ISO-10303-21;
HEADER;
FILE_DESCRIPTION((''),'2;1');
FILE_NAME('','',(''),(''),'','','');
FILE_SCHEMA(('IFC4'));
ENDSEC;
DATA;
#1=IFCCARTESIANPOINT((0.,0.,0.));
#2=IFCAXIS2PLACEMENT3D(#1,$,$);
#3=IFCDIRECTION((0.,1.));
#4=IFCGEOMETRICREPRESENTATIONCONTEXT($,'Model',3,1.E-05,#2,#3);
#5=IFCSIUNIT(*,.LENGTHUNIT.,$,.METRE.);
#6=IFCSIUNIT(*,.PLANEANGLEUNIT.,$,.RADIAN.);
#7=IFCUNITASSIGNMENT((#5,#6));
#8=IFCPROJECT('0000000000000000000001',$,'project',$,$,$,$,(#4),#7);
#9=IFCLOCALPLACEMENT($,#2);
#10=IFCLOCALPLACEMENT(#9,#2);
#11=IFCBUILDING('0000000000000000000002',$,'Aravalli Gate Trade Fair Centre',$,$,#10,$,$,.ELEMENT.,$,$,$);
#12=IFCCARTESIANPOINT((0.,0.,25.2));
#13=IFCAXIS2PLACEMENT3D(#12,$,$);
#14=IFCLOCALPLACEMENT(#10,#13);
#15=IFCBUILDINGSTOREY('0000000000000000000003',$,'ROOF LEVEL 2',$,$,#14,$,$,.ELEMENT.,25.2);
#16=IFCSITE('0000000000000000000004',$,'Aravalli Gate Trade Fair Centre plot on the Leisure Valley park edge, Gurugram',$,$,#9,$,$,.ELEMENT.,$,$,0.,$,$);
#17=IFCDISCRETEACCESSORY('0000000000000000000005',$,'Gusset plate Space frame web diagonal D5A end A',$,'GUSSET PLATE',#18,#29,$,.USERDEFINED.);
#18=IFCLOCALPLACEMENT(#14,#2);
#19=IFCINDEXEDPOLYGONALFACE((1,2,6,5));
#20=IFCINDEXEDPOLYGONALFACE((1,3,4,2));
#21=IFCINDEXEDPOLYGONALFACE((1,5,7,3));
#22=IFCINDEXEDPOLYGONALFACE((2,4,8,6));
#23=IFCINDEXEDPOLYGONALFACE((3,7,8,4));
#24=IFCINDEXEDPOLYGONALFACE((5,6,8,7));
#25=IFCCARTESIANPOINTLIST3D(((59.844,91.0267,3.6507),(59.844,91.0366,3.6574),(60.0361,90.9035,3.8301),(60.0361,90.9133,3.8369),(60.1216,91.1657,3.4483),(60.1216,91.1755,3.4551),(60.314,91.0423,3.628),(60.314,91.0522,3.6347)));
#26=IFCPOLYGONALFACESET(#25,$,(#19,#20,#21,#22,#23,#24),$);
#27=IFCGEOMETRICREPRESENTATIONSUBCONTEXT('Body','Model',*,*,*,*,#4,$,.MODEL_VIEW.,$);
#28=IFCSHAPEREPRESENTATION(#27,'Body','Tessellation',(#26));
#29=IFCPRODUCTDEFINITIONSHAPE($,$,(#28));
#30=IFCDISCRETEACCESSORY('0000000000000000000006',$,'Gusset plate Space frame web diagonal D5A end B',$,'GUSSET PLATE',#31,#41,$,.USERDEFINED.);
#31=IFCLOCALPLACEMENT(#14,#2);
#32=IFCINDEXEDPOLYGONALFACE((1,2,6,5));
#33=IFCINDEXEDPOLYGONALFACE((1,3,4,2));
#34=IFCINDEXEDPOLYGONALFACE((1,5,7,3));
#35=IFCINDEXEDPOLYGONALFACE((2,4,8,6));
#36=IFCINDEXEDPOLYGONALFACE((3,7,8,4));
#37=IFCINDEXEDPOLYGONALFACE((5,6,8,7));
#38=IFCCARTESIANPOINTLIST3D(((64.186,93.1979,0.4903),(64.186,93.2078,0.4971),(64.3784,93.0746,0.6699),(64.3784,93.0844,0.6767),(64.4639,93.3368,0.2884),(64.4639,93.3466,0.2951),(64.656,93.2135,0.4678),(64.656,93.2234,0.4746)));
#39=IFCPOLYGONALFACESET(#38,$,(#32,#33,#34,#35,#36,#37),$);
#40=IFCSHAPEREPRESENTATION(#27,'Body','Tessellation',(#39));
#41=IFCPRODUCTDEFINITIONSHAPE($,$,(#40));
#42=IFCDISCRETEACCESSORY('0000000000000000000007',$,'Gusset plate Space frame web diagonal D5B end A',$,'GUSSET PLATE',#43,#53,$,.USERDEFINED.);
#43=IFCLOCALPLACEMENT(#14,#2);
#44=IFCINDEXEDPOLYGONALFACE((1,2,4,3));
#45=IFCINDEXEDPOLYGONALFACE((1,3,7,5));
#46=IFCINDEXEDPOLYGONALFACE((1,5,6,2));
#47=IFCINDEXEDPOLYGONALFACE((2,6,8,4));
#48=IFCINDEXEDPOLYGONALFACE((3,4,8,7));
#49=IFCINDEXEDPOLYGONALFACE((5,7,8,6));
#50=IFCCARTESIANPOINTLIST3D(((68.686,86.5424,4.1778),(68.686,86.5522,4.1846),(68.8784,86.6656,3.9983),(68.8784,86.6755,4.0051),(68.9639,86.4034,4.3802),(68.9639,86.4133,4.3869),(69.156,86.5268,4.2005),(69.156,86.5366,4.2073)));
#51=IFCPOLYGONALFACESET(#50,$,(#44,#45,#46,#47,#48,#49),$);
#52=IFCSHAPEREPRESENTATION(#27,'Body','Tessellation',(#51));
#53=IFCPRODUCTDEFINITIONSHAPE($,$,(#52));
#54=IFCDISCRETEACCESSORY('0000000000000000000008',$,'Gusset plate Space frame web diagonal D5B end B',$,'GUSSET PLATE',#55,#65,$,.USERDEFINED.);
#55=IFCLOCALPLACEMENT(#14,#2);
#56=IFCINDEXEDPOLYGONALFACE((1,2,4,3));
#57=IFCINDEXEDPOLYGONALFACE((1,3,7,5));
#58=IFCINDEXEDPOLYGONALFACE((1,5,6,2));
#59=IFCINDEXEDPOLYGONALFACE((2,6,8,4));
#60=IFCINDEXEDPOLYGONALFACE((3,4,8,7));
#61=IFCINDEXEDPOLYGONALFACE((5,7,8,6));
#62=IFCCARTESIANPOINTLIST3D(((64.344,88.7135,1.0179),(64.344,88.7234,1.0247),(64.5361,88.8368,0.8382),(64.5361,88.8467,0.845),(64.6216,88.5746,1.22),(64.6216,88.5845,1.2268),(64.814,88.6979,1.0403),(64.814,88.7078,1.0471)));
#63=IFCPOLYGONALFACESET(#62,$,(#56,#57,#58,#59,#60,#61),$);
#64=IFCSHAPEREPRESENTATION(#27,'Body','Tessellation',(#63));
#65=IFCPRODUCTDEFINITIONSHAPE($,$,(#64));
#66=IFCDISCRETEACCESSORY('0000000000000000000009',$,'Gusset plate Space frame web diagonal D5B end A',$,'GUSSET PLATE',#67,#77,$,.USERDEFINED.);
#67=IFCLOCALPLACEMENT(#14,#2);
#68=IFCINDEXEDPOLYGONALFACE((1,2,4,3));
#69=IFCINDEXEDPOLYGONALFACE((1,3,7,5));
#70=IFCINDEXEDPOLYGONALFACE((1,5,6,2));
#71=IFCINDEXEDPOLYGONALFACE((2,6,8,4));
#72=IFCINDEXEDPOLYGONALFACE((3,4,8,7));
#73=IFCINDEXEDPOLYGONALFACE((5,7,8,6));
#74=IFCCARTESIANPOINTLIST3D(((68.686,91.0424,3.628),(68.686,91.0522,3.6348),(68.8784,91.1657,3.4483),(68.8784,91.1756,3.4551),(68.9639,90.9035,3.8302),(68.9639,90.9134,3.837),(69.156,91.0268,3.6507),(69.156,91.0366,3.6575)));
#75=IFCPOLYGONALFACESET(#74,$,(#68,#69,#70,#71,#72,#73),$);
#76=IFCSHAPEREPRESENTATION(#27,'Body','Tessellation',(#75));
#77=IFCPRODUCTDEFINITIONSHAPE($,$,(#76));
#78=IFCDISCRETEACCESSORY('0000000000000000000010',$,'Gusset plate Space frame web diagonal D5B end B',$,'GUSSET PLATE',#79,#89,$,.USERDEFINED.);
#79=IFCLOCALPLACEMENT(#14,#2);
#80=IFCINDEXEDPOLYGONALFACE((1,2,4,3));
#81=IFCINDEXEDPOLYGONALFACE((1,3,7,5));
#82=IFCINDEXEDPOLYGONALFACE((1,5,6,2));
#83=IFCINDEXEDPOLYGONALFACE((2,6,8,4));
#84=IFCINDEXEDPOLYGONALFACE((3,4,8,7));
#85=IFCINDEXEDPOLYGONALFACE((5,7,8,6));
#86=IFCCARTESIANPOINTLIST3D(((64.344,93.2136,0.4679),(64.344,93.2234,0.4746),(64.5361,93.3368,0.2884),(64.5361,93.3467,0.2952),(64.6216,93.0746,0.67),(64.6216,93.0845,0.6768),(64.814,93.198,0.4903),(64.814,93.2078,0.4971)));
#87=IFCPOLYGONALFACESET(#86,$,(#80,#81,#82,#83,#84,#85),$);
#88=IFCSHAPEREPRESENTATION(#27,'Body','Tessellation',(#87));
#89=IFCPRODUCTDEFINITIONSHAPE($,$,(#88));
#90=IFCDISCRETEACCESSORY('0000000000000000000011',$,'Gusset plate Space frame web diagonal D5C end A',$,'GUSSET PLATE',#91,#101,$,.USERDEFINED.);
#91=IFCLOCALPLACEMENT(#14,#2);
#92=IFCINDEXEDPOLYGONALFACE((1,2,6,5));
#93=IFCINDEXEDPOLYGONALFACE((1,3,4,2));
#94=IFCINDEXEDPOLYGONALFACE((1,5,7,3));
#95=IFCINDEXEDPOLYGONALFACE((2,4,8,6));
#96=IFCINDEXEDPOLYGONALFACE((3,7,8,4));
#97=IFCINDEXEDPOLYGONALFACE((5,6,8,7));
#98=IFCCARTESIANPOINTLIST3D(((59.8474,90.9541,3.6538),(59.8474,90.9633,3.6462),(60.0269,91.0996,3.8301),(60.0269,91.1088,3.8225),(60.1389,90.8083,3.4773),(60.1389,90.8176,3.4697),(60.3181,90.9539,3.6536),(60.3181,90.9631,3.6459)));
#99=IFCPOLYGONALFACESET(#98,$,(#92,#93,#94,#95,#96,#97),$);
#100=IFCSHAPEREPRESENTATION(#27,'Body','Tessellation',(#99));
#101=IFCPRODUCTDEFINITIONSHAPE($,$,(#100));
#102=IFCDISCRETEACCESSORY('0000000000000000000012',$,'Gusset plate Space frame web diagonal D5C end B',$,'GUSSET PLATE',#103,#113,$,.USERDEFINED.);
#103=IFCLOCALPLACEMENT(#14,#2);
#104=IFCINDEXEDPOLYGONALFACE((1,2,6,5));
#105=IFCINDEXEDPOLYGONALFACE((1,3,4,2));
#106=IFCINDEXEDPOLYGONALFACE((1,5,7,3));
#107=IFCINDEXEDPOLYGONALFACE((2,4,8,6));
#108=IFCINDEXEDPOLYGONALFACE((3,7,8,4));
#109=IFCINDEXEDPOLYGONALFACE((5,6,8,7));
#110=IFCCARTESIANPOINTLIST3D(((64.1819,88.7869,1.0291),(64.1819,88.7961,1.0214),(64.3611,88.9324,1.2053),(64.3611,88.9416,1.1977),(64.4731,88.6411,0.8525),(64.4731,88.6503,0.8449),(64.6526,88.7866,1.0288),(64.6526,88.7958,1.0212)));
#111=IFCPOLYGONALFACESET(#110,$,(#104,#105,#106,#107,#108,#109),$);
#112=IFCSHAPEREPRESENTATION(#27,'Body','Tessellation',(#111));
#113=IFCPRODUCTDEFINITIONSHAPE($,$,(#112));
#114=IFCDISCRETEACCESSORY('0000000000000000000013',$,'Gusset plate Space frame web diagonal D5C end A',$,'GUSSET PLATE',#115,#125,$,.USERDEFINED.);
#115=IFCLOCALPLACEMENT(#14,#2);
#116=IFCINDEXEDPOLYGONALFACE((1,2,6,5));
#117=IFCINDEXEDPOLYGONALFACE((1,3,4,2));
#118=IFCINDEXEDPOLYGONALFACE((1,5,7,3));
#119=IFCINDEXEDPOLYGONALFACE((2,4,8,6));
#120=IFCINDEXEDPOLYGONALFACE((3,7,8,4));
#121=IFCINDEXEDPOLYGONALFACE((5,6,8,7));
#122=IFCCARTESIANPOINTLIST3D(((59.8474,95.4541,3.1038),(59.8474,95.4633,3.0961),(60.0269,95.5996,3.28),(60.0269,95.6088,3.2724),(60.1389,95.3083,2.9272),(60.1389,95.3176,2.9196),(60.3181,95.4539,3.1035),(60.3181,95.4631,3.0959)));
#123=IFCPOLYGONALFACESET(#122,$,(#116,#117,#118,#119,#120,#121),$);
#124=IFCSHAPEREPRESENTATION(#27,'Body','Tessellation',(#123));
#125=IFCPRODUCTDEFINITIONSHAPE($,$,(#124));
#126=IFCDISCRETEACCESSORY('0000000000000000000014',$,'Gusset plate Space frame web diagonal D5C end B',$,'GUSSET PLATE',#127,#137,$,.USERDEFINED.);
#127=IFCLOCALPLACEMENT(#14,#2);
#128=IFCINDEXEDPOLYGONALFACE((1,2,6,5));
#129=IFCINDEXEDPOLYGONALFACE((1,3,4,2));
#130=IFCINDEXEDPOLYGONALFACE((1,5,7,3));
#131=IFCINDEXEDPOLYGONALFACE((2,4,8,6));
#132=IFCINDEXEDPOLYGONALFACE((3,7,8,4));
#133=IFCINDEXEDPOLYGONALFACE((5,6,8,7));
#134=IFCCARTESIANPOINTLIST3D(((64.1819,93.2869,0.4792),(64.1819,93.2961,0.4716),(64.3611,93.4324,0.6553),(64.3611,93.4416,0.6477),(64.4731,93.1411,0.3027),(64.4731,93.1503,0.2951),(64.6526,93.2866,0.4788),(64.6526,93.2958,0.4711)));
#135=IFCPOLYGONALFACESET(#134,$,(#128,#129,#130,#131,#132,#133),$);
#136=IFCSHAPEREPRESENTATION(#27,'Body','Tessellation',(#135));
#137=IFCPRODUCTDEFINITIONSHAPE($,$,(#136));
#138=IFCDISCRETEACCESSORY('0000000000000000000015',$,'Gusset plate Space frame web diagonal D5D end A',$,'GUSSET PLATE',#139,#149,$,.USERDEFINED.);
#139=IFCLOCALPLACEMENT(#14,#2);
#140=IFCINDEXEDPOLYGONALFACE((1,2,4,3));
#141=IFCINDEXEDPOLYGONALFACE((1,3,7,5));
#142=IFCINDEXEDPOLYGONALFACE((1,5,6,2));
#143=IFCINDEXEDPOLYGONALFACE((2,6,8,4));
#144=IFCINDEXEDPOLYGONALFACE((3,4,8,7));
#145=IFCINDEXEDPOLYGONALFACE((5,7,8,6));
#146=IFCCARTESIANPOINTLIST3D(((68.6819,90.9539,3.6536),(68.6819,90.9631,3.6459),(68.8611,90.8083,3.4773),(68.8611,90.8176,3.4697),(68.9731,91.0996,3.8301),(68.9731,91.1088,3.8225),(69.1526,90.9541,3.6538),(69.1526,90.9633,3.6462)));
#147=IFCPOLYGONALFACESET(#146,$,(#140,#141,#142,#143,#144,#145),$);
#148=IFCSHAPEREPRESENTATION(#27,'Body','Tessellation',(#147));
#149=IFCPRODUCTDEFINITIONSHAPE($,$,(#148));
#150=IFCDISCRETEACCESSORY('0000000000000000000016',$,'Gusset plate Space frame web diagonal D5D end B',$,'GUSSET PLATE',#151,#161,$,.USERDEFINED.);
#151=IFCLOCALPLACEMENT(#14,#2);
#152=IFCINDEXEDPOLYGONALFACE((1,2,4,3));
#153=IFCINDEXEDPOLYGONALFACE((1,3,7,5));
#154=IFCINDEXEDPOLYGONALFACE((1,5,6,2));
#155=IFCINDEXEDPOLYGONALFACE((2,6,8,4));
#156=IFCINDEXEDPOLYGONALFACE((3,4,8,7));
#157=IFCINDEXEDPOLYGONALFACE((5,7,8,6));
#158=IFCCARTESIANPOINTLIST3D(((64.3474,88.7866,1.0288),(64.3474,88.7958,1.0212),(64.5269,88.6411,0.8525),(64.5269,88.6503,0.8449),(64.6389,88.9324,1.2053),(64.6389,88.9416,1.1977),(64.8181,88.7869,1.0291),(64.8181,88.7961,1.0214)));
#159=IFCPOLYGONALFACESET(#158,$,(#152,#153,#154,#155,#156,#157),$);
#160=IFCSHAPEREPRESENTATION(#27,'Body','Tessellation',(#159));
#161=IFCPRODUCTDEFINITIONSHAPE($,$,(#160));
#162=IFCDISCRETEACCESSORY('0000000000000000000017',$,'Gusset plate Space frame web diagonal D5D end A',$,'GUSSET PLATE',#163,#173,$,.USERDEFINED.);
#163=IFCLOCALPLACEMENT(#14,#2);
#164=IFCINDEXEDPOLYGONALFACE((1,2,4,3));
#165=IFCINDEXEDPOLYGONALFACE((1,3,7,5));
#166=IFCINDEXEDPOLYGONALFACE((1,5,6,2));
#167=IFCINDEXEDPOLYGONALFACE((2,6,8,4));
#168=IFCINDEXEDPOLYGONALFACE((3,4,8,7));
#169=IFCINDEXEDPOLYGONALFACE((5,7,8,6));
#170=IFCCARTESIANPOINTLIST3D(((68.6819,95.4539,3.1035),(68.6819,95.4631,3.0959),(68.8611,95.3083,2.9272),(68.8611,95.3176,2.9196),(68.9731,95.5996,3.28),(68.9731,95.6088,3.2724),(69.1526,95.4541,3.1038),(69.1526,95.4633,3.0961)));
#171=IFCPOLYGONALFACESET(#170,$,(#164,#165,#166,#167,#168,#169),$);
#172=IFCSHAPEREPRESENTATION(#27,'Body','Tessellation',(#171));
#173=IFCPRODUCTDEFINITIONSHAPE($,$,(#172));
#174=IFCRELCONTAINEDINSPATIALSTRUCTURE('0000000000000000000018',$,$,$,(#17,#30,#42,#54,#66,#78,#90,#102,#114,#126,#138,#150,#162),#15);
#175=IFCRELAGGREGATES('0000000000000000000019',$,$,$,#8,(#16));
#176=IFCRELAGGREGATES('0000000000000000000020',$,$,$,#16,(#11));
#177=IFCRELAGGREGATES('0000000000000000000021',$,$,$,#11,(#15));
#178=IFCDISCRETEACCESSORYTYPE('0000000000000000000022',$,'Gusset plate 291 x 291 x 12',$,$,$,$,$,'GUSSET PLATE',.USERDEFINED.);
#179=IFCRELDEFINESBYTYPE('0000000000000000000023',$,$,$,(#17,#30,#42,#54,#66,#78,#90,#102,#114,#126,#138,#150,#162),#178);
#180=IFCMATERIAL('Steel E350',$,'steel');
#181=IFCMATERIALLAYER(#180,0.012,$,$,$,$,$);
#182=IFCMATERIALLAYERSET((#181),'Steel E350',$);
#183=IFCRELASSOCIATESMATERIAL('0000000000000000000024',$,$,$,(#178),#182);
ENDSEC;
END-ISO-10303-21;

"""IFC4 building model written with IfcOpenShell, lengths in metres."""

from ifc_helpers import new_model, si_unit, direction, frame, origin, place, context, subcontext, project, spatial, polyline, outline, extrude, material, layer, layer_set, type_object, element, save


model = new_model("IFC4")

# Units and contexts
model_context = context("Model", 3, precision=1e-05, world=origin(), true_north=direction((0.0, 1.0)))
body_context = subcontext(model_context, "Body", "Model", "MODEL_VIEW")
ifc_project = project(units=[si_unit("LENGTHUNIT", "METRE"), si_unit("PLANEANGLEUNIT", "RADIAN")], contexts=[model_context])

# Site, building, storey
site_placement = place(None, origin())
site = spatial("IfcSite", under=ifc_project, at=site_placement, Name="Aravalli Gate Trade Fair Centre plot on the Leisure Valley park edge, Gurugram", CompositionType="ELEMENT", RefElevation=0.0)
building_placement = place(site_placement, origin())
building = spatial("IfcBuilding", under=site, at=building_placement, Name="Aravalli Gate Trade Fair Centre", CompositionType="ELEMENT")
storey_placement = place(building_placement, frame((0.0, 0.0, 25.2)))
storey = spatial("IfcBuildingStorey", under=building, at=storey_placement, Name="ROOF LEVEL 2", CompositionType="ELEMENT", Elevation=25.2)

# Shared definitions
ifc_material = material(Name="Steel E350", Category="steel")

# Discrete accessories
ifc_layer = layer(ifc_material, 0.012)
ifc_layer_set = layer_set([ifc_layer], Name="Steel E350")
discrete_accessory_type = type_object("IfcDiscreteAccessoryType", Name="Gusset plate 291 x 291 x 12", ElementType="GUSSET PLATE", PredefinedType="USERDEFINED", material=ifc_layer_set)
discrete_accessory_1_placement = place(storey_placement, frame((60.1216, 91.1755, 3.4551), z_axis=(-0.000059, 0.824356, 0.566072), x_axis=(-0.749102, -0.375034, 0.546073)))
element("IfcDiscreteAccessory", 1, at=discrete_accessory_1_placement, inside=storey, type_object=discrete_accessory_type, Name="Gusset plate Space frame web diagonal D5A end A", ObjectType="GUSSET PLATE", PredefinedType="USERDEFINED", context=body_context, shape_type="SweptSolid", body=[
    extrude(outline(polyline([(0.0, 0.0), (0.3706, 0.0), (0.3709, 0.2904), (0.0002, 0.2907), (0.0, 0.0)])), origin(), (0.0, 0.0, -1.0), 0.012),
])
discrete_accessory_2_placement = place(storey_placement, frame((64.186, 93.2078, 0.4971), z_axis=(-0.000339, 0.824216, 0.566276), x_axis=(0.749929, 0.374811, -0.545089)))
element("IfcDiscreteAccessory", 2, at=discrete_accessory_2_placement, inside=storey, type_object=discrete_accessory_type, Name="Gusset plate Space frame web diagonal D5A end B", ObjectType="GUSSET PLATE", PredefinedType="USERDEFINED", context=body_context, shape_type="SweptSolid", body=[
    extrude(outline(polyline([(0.0, 0.0), (0.3705, 0.0), (0.3705, -0.2904), (0.0001, -0.2907), (0.0, 0.0)])), origin(), (0.0, 0.0, -1.0), 0.012),
])
discrete_accessory_3_placement = place(storey_placement, frame((68.686, 86.5522, 4.1846), z_axis=(0.000059, 0.824356, 0.566072), x_axis=(0.749391, -0.374849, 0.545804)))
element("IfcDiscreteAccessory", 3, at=discrete_accessory_3_placement, inside=storey, type_object=discrete_accessory_type, Name="Gusset plate Space frame web diagonal D5B end A", ObjectType="GUSSET PLATE", PredefinedType="USERDEFINED", context=body_context, shape_type="SweptSolid", body=[
    extrude(outline(polyline([(0.0, 0.0), (0.3707, 0.0), (0.3704, 0.2905), (0.0, 0.2905), (0.0, 0.0)])), origin(), (0.0, 0.0, -1.0), 0.012),
])
discrete_accessory_4_placement = place(storey_placement, frame((64.6216, 88.5845, 1.2268), z_axis=(0.000356, 0.824387, 0.566027), x_axis=(-0.749371, 0.375015, -0.545716)))
element("IfcDiscreteAccessory", 4, at=discrete_accessory_4_placement, inside=storey, type_object=discrete_accessory_type, Name="Gusset plate Space frame web diagonal D5B end B", ObjectType="GUSSET PLATE", PredefinedType="USERDEFINED", context=body_context, shape_type="SweptSolid", body=[
    extrude(outline(polyline([(0.0, 0.0), (0.3704, 0.0), (0.3707, -0.2905), (0.0001, -0.2907), (0.0, 0.0)])), origin(), (0.0, 0.0, -1.0), 0.012),
])
discrete_accessory_5_placement = place(storey_placement, frame((68.686, 91.0522, 3.6348), z_axis=(0.000059, 0.824356, 0.566072), x_axis=(0.74966, -0.374676, 0.545552)))
element("IfcDiscreteAccessory", 5, at=discrete_accessory_5_placement, inside=storey, type_object=discrete_accessory_type, Name="Gusset plate Space frame web diagonal D5B end A", ObjectType="GUSSET PLATE", PredefinedType="USERDEFINED", context=body_context, shape_type="SweptSolid", body=[
    extrude(outline(polyline([(0.0, 0.0), (0.3706, 0.0), (0.3706, 0.2904), (0.0, 0.2907), (0.0, 0.0)])), origin(), (0.0, 0.0, -1.0), 0.012),
])
discrete_accessory_6_placement = place(storey_placement, frame((64.6216, 93.0845, 0.6768), z_axis=(0.000339, 0.824216, 0.566276), x_axis=(-0.749371, 0.375169, -0.545611)))
element("IfcDiscreteAccessory", 6, at=discrete_accessory_6_placement, inside=storey, type_object=discrete_accessory_type, Name="Gusset plate Space frame web diagonal D5B end B", ObjectType="GUSSET PLATE", PredefinedType="USERDEFINED", context=body_context, shape_type="SweptSolid", body=[
    extrude(outline(polyline([(0.0, 0.0), (0.3704, 0.0), (0.3706, -0.2904), (0.0001, -0.2907), (0.0, 0.0)])), origin(), (0.0, 0.0, -1.0), 0.012),
])
discrete_accessory_7_placement = place(storey_placement, frame((60.1389, 90.8083, 3.4773), z_axis=(-0.00007, -0.771155, 0.636648), x_axis=(-0.786484, 0.393242, 0.476238)))
element("IfcDiscreteAccessory", 7, at=discrete_accessory_7_placement, inside=storey, type_object=discrete_accessory_type, Name="Gusset plate Space frame web diagonal D5C end A", ObjectType="GUSSET PLATE", PredefinedType="USERDEFINED", context=body_context, shape_type="SweptSolid", body=[
    extrude(outline(polyline([(0.0, 0.0), (0.3706, 0.0), (0.3707, -0.2906), (0.0002, -0.2904), (0.0, 0.0)])), origin(), (0.0, 0.0, -1.0), 0.012),
])
discrete_accessory_8_placement = place(storey_placement, frame((64.1819, 88.7869, 1.0291), z_axis=(-0.00007, -0.771155, 0.636648), x_axis=(0.786233, -0.393446, -0.476485)))
element("IfcDiscreteAccessory", 8, at=discrete_accessory_8_placement, inside=storey, type_object=discrete_accessory_type, Name="Gusset plate Space frame web diagonal D5C end B", ObjectType="GUSSET PLATE", PredefinedType="USERDEFINED", context=body_context, shape_type="SweptSolid", body=[
    extrude(outline(polyline([(0.0, 0.0), (0.3704, 0.0), (0.3703, 0.2906), (-0.0003, 0.2904), (0.0, 0.0)])), origin(), (0.0, 0.0, -1.0), 0.012),
])
discrete_accessory_9_placement = place(storey_placement, frame((60.1389, 95.3083, 2.9272), z_axis=(-0.00007, -0.771155, 0.636648), x_axis=(-0.786484, 0.393242, 0.476238)))
element("IfcDiscreteAccessory", 9, at=discrete_accessory_9_placement, inside=storey, type_object=discrete_accessory_type, Name="Gusset plate Space frame web diagonal D5C end A", ObjectType="GUSSET PLATE", PredefinedType="USERDEFINED", context=body_context, shape_type="SweptSolid", body=[
    extrude(outline(polyline([(0.0, 0.0), (0.3706, 0.0), (0.3707, -0.2906), (0.0002, -0.2904), (0.0, 0.0)])), origin(), (0.0, 0.0, -1.0), 0.012),
])
discrete_accessory_10_placement = place(storey_placement, frame((64.1819, 93.2869, 0.4792), z_axis=(0.000261, -0.770887, 0.636972), x_axis=(0.786233, -0.393446, -0.476485)))
element("IfcDiscreteAccessory", 10, at=discrete_accessory_10_placement, inside=storey, type_object=discrete_accessory_type, Name="Gusset plate Space frame web diagonal D5C end B", ObjectType="GUSSET PLATE", PredefinedType="USERDEFINED", context=body_context, shape_type="SweptSolid", body=[
    extrude(outline(polyline([(0.0, 0.0), (0.3704, 0.0), (0.3704, 0.2904), (-0.0002, 0.2903), (0.0, 0.0)])), origin(), (0.0, 0.0, -1.0), 0.012),
])
discrete_accessory_11_placement = place(storey_placement, frame((68.6819, 90.9539, 3.6536), z_axis=(0.00007, -0.771155, 0.636648), x_axis=(0.786233, 0.393446, 0.476485)))
element("IfcDiscreteAccessory", 11, at=discrete_accessory_11_placement, inside=storey, type_object=discrete_accessory_type, Name="Gusset plate Space frame web diagonal D5D end A", ObjectType="GUSSET PLATE", PredefinedType="USERDEFINED", context=body_context, shape_type="SweptSolid", body=[
    extrude(outline(polyline([(0.0, 0.0), (0.3704, 0.0), (0.3703, -0.2906), (-0.0003, -0.2904), (0.0, 0.0)])), origin(), (0.0, 0.0, -1.0), 0.012),
])
discrete_accessory_12_placement = place(storey_placement, frame((64.6389, 88.9324, 1.2053), z_axis=(0.00007, -0.771155, 0.636648), x_axis=(-0.786484, -0.393242, -0.476238)))
element("IfcDiscreteAccessory", 12, at=discrete_accessory_12_placement, inside=storey, type_object=discrete_accessory_type, Name="Gusset plate Space frame web diagonal D5D end B", ObjectType="GUSSET PLATE", PredefinedType="USERDEFINED", context=body_context, shape_type="SweptSolid", body=[
    extrude(outline(polyline([(0.0, 0.0), (0.3706, 0.0), (0.3707, 0.2906), (0.0002, 0.2904), (0.0, 0.0)])), origin(), (0.0, 0.0, -1.0), 0.012),
])
discrete_accessory_13_placement = place(storey_placement, frame((68.6819, 95.4539, 3.1035), z_axis=(0.00007, -0.771155, 0.636648), x_axis=(0.786233, 0.393446, 0.476485)))
element("IfcDiscreteAccessory", 13, at=discrete_accessory_13_placement, inside=storey, type_object=discrete_accessory_type, Name="Gusset plate Space frame web diagonal D5D end A", ObjectType="GUSSET PLATE", PredefinedType="USERDEFINED", context=body_context, shape_type="SweptSolid", body=[
    extrude(outline(polyline([(0.0, 0.0), (0.3704, 0.0), (0.3703, -0.2906), (-0.0003, -0.2904), (0.0, 0.0)])), origin(), (0.0, 0.0, -1.0), 0.012),
])

save(model, "model.ifc")
